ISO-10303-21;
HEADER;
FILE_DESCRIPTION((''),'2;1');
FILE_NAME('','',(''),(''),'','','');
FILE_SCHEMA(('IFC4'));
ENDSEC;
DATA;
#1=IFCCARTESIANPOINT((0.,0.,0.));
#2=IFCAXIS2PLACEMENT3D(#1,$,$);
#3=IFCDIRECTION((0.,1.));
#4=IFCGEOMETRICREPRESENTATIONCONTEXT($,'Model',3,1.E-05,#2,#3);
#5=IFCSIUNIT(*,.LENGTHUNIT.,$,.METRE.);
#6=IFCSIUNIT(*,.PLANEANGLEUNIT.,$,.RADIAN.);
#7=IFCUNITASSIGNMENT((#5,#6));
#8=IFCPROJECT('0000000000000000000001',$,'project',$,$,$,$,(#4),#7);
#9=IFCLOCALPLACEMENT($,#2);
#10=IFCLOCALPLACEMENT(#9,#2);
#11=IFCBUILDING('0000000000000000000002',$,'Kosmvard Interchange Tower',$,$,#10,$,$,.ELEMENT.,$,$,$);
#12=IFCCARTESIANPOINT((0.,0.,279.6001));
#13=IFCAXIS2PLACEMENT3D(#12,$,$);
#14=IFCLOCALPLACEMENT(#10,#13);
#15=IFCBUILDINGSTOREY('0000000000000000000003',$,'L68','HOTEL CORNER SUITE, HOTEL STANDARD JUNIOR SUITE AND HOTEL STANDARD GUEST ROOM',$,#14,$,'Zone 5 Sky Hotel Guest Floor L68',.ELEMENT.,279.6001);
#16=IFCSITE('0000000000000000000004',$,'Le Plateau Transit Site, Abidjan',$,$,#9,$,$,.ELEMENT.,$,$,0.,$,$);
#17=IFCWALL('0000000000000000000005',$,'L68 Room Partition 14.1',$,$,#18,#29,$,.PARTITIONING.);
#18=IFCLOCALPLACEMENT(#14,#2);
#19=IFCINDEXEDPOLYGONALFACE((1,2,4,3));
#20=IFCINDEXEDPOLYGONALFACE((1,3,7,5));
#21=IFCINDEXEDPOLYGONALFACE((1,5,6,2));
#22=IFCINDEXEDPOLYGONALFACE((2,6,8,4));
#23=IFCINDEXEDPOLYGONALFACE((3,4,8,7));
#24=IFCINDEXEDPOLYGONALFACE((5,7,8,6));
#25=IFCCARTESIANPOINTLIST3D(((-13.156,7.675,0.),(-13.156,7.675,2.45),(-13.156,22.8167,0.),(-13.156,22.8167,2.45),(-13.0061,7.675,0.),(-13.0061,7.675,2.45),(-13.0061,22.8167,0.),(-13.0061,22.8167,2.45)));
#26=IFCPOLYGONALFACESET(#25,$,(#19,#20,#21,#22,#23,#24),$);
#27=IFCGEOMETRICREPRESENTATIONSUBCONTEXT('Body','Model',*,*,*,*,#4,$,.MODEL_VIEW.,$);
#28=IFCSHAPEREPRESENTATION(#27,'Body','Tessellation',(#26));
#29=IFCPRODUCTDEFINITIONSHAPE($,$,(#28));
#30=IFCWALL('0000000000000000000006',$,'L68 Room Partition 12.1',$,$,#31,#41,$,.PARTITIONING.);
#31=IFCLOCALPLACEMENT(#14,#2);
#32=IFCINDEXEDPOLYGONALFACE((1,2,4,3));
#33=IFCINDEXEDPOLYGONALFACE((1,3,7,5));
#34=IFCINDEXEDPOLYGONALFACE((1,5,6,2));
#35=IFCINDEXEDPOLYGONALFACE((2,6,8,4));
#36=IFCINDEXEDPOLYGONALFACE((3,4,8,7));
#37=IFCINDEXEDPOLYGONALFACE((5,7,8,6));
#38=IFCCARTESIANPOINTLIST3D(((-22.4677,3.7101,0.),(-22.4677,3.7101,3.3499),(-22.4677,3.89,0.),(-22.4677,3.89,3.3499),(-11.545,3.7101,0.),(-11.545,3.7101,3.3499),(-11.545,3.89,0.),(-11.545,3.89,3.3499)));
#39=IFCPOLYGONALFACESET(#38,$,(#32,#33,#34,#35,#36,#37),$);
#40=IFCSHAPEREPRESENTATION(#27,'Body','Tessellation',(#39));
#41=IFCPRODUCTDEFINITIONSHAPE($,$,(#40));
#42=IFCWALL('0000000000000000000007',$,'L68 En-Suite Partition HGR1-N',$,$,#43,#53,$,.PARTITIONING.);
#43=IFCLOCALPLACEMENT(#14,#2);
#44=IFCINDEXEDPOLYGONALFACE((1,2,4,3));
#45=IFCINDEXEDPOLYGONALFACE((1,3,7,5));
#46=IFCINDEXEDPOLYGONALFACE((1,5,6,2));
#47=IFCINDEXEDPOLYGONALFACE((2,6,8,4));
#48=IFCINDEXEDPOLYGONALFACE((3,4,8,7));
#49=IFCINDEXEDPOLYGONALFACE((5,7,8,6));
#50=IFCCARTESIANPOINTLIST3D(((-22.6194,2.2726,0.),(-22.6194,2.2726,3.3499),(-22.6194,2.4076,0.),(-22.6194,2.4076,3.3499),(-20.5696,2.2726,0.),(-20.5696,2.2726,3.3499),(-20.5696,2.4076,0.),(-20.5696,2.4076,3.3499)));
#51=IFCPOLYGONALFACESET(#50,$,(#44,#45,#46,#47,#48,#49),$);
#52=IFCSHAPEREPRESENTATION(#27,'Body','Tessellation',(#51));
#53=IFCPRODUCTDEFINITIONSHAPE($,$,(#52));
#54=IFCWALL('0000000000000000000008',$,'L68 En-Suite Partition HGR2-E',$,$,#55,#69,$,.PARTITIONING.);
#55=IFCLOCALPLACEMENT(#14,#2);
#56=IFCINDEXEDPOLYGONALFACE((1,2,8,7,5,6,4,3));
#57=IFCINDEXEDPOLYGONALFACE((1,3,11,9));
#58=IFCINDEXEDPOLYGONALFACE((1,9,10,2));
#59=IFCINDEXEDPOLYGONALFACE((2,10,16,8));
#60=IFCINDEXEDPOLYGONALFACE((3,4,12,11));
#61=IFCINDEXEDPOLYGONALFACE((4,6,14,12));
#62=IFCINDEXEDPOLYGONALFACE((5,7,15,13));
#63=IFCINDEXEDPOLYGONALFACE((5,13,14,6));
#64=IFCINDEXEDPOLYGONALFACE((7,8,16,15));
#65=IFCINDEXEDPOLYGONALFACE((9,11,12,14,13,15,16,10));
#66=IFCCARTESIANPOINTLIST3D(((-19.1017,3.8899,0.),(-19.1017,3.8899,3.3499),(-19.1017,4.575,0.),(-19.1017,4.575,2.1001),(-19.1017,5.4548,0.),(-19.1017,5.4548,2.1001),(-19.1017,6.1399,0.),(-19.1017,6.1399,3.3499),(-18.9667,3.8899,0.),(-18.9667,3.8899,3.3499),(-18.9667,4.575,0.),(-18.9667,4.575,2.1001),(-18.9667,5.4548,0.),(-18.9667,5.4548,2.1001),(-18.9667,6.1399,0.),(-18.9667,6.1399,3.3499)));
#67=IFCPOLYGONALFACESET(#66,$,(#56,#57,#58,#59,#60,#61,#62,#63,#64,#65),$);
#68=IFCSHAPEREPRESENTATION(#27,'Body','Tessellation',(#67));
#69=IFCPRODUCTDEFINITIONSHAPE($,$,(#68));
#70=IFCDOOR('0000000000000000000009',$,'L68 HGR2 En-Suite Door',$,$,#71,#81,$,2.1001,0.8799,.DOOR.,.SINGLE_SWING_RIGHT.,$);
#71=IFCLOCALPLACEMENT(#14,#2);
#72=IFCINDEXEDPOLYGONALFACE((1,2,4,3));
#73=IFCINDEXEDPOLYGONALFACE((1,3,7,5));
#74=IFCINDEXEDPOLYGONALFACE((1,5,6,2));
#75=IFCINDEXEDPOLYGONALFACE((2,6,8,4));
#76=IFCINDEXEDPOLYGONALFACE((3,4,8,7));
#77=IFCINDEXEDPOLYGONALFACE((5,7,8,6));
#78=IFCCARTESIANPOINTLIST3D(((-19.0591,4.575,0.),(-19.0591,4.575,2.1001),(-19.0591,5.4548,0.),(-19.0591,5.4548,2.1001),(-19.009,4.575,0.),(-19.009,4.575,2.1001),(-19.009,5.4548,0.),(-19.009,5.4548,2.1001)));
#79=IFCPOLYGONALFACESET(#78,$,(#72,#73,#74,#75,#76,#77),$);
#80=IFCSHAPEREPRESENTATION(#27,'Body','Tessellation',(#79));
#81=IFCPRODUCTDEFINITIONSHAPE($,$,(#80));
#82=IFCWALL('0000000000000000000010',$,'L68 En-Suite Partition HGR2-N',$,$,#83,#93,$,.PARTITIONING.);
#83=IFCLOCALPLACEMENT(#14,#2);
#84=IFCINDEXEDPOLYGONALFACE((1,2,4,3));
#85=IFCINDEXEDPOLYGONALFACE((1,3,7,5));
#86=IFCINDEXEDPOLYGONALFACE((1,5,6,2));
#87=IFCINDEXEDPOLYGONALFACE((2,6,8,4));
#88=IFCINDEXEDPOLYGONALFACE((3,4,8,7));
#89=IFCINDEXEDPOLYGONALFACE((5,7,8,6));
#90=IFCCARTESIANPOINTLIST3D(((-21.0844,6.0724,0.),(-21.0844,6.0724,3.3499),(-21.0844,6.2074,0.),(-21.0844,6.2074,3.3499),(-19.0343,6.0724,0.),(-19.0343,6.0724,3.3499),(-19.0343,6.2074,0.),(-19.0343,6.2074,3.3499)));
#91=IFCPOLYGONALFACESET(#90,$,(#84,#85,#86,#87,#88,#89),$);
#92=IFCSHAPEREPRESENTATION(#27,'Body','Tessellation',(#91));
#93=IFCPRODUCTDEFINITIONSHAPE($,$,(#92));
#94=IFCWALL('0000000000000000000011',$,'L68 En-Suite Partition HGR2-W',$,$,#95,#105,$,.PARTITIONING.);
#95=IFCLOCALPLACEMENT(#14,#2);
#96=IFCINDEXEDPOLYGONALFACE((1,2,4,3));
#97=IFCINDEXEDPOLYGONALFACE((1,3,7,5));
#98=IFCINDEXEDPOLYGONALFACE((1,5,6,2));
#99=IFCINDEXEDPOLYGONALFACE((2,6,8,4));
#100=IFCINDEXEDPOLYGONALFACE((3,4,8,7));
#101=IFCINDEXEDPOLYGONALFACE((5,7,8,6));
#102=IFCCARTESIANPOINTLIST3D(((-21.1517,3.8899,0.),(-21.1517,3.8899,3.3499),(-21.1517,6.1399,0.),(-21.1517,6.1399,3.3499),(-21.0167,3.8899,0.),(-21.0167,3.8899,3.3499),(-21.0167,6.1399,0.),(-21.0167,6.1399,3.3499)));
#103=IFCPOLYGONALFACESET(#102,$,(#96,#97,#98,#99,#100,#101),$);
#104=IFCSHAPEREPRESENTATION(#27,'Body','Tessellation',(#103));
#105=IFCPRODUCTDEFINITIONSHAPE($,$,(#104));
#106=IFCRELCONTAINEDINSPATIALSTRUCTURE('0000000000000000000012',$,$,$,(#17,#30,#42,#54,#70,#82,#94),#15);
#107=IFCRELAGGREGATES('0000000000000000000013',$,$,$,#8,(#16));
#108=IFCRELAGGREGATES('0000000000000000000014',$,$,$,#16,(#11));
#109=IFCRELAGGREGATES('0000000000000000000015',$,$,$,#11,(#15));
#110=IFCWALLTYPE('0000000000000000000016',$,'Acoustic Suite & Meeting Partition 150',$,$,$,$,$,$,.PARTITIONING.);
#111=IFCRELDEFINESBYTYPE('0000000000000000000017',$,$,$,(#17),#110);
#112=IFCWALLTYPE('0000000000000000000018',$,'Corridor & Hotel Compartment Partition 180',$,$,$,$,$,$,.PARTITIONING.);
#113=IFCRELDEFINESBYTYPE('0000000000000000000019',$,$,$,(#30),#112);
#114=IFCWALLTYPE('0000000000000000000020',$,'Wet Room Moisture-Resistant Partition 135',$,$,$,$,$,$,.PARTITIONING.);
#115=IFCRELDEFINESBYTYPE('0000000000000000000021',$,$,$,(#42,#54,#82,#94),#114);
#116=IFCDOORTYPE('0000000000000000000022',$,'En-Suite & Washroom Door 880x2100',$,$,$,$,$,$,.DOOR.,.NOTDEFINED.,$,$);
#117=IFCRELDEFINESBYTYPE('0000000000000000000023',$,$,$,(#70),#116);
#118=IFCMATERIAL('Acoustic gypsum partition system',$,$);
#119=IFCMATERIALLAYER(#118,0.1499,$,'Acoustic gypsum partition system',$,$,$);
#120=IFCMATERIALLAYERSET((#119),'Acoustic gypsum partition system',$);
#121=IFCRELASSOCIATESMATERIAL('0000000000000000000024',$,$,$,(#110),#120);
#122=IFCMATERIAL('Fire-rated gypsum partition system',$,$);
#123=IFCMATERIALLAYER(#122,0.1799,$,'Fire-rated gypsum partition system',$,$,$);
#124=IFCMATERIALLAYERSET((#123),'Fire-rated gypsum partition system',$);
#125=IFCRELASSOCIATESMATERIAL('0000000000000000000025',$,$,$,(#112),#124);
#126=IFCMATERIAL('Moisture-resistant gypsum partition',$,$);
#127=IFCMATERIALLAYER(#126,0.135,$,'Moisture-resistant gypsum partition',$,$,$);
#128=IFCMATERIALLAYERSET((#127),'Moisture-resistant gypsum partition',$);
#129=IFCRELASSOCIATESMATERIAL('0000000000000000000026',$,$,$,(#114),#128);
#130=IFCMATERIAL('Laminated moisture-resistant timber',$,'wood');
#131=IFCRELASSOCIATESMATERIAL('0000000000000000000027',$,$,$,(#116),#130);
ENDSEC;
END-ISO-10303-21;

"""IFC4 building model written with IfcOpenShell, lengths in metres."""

from ifc_helpers import new_model, si_unit, direction, frame, frame_2d, origin, place, context, subcontext, project, spatial, rectangle, extrude, source, transform, mapped, material, layer, layer_set, type_object, element, fill, save


model = new_model("IFC4")

# Units and contexts
model_context = context("Model", 3, precision=1e-05, world=origin(), true_north=direction((0.0, 1.0)))
body_context = subcontext(model_context, "Body", "Model", "MODEL_VIEW")
ifc_project = project(units=[si_unit("LENGTHUNIT", "METRE"), si_unit("PLANEANGLEUNIT", "RADIAN")], contexts=[model_context])

# Site, building, storey
site_placement = place(None, origin())
site = spatial("IfcSite", under=ifc_project, at=site_placement, Name="Le Plateau Transit Site, Abidjan", CompositionType="ELEMENT", RefElevation=0.0)
building_placement = place(site_placement, origin())
building = spatial("IfcBuilding", under=site, at=building_placement, Name="Kosmvard Interchange Tower", CompositionType="ELEMENT")
storey_placement = place(building_placement, frame((0.0, 0.0, 279.6001)))
storey = spatial("IfcBuildingStorey", under=building, at=storey_placement, Name="L68", Description="HOTEL CORNER SUITE, HOTEL STANDARD JUNIOR SUITE AND HOTEL STANDARD GUEST ROOM", LongName="Zone 5 Sky Hotel Guest Floor L68", CompositionType="ELEMENT", Elevation=279.6001)

# Walls
ifc_material_1 = material(Name="Acoustic gypsum partition system")
ifc_layer_1 = layer(ifc_material_1, 0.1499, Name="Acoustic gypsum partition system")
ifc_layer_set_1 = layer_set([ifc_layer_1], Name="Acoustic gypsum partition system")
wall_type_1 = type_object("IfcWallType", Name="Acoustic Suite & Meeting Partition 150", PredefinedType="PARTITIONING", material=ifc_layer_set_1)
wall_1_placement = place(storey_placement, frame((-13.0811, 7.675, 0.0), z_axis=(0.0, 0.0, 1.0), x_axis=(0.0, 1.0, 0.0)))
element("IfcWall", 1, at=wall_1_placement, inside=storey, type_object=wall_type_1, Name="L68 Room Partition 14.1", PredefinedType="PARTITIONING", context=body_context, shape_type="SweptSolid", body=[
    extrude(rectangle(XDim=15.1416, YDim=0.1499, at=frame_2d((7.5708, 0.0))), origin(), (0.0, 0.0, 1.0), 2.45),
])
ifc_material_2 = material(Name="Fire-rated gypsum partition system")
ifc_layer_2 = layer(ifc_material_2, 0.1799, Name="Fire-rated gypsum partition system")
ifc_layer_set_2 = layer_set([ifc_layer_2], Name="Fire-rated gypsum partition system")
wall_type_2 = type_object("IfcWallType", Name="Corridor & Hotel Compartment Partition 180", PredefinedType="PARTITIONING", material=ifc_layer_set_2)
wall_2_placement = place(storey_placement, frame((-11.5449, 3.8, 0.0), z_axis=(0.0, 0.0, 1.0), x_axis=(-1.0, 0.0, 0.0)))
element("IfcWall", 2, at=wall_2_placement, inside=storey, type_object=wall_type_2, Name="L68 Room Partition 12.1", PredefinedType="PARTITIONING", context=body_context, shape_type="SweptSolid", body=[
    extrude(rectangle(XDim=10.9226, YDim=0.1799, at=frame_2d((5.4614, 0.0))), origin(), (0.0, 0.0, 1.0), 3.3499),
])
ifc_material_3 = material(Name="Moisture-resistant gypsum partition")
ifc_layer_3 = layer(ifc_material_3, 0.135, Name="Moisture-resistant gypsum partition")
ifc_layer_set_3 = layer_set([ifc_layer_3], Name="Moisture-resistant gypsum partition")
wall_type_3 = type_object("IfcWallType", Name="Wet Room Moisture-Resistant Partition 135", PredefinedType="PARTITIONING", material=ifc_layer_set_3)
wall_3_placement = place(storey_placement, frame((-22.6194, 2.3401, 0.0), z_axis=(0.0, 0.0, 1.0), x_axis=(1.0, 0.0, 0.0)))
element("IfcWall", 3, at=wall_3_placement, inside=storey, type_object=wall_type_3, Name="L68 En-Suite Partition HGR1-N", PredefinedType="PARTITIONING", context=body_context, shape_type="SweptSolid", body=[
    extrude(rectangle(XDim=2.0498, YDim=0.135, at=frame_2d((1.0249, 0.0))), origin(), (0.0, 0.0, 1.0), 3.3499),
])

# Wall, opening, door
wall_4_placement = place(storey_placement, frame((-19.0342, 3.8899, 0.0), z_axis=(0.0, 0.0, 1.0), x_axis=(0.0, 1.0, 0.0)))
wall_4 = element("IfcWall", 4, at=wall_4_placement, inside=storey, type_object=wall_type_3, Name="L68 En-Suite Partition HGR2-E", PredefinedType="PARTITIONING", context=body_context, shape_type="SweptSolid", body=[
    extrude(rectangle(XDim=2.25, YDim=0.135, at=frame_2d((1.125, 0.0))), origin(), (0.0, 0.0, 1.0), 3.3499),
])
opening_placement = place(wall_4_placement, frame((0.6851, 0.0, 0.0)))
opening = element("IfcOpeningElement", 5, at=opening_placement, cuts=wall_4, PredefinedType="OPENING", context=body_context, shape_type="SweptSolid", body=[
    extrude(rectangle(XDim=0.8799, YDim=2.1001, at=frame_2d((0.4399, 1.05))), frame((0.0, 0.0776, 0.0), z_axis=(0.0, -1.0, 0.0), x_axis=(1.0, 0.0, 0.0)), (0.0, 0.0, 1.0), 0.155),
])
ifc_material_4 = material(Name="Laminated moisture-resistant timber", Category="wood")
door_type = type_object("IfcDoorType", Name="En-Suite & Washroom Door 880x2100", OperationType="NOTDEFINED", PredefinedType="DOOR", material=ifc_material_4)
shared_shape_1 = source(origin(), body_context, "Body", "SweptSolid", [
    extrude(rectangle(XDim=0.8799, YDim=2.1001, at=frame_2d((0.4399, 1.05))), frame((0.0, 0.0249, 0.0), z_axis=(0.0, -1.0, 0.0), x_axis=(1.0, 0.0, 0.0)), (0.0, 0.0, 1.0), 0.05),
])
door_placement = place(opening_placement, origin())
door = element("IfcDoor", 6, at=door_placement, inside=storey, type_object=door_type, Name="L68 HGR2 En-Suite Door", OperationType="SINGLE_SWING_RIGHT", OverallHeight=2.1001, OverallWidth=0.8799, PredefinedType="DOOR", context=body_context, shape_type="MappedRepresentation", body=[
    mapped(shared_shape_1, transform((0.0, 0.0, 0.0), scale=1.0)),
])
fill(opening, door)

# Walls
wall_5_placement = place(storey_placement, frame((-21.0842, 6.1399, 0.0), z_axis=(0.0, 0.0, 1.0), x_axis=(1.0, 0.0, 0.0)))
element("IfcWall", 7, at=wall_5_placement, inside=storey, type_object=wall_type_3, Name="L68 En-Suite Partition HGR2-N", PredefinedType="PARTITIONING", context=body_context, shape_type="SweptSolid", body=[
    extrude(rectangle(XDim=2.05, YDim=0.135, at=frame_2d((1.0249, 0.0))), origin(), (0.0, 0.0, 1.0), 3.3499),
])
wall_6_placement = place(storey_placement, frame((-21.0842, 3.8899, 0.0), z_axis=(0.0, 0.0, 1.0), x_axis=(0.0, 1.0, 0.0)))
element("IfcWall", 8, at=wall_6_placement, inside=storey, type_object=wall_type_3, Name="L68 En-Suite Partition HGR2-W", PredefinedType="PARTITIONING", context=body_context, shape_type="SweptSolid", body=[
    extrude(rectangle(XDim=2.25, YDim=0.135, at=frame_2d((1.125, 0.0))), origin(), (0.0, 0.0, 1.0), 3.3499),
])

save(model, "model.ifc")
